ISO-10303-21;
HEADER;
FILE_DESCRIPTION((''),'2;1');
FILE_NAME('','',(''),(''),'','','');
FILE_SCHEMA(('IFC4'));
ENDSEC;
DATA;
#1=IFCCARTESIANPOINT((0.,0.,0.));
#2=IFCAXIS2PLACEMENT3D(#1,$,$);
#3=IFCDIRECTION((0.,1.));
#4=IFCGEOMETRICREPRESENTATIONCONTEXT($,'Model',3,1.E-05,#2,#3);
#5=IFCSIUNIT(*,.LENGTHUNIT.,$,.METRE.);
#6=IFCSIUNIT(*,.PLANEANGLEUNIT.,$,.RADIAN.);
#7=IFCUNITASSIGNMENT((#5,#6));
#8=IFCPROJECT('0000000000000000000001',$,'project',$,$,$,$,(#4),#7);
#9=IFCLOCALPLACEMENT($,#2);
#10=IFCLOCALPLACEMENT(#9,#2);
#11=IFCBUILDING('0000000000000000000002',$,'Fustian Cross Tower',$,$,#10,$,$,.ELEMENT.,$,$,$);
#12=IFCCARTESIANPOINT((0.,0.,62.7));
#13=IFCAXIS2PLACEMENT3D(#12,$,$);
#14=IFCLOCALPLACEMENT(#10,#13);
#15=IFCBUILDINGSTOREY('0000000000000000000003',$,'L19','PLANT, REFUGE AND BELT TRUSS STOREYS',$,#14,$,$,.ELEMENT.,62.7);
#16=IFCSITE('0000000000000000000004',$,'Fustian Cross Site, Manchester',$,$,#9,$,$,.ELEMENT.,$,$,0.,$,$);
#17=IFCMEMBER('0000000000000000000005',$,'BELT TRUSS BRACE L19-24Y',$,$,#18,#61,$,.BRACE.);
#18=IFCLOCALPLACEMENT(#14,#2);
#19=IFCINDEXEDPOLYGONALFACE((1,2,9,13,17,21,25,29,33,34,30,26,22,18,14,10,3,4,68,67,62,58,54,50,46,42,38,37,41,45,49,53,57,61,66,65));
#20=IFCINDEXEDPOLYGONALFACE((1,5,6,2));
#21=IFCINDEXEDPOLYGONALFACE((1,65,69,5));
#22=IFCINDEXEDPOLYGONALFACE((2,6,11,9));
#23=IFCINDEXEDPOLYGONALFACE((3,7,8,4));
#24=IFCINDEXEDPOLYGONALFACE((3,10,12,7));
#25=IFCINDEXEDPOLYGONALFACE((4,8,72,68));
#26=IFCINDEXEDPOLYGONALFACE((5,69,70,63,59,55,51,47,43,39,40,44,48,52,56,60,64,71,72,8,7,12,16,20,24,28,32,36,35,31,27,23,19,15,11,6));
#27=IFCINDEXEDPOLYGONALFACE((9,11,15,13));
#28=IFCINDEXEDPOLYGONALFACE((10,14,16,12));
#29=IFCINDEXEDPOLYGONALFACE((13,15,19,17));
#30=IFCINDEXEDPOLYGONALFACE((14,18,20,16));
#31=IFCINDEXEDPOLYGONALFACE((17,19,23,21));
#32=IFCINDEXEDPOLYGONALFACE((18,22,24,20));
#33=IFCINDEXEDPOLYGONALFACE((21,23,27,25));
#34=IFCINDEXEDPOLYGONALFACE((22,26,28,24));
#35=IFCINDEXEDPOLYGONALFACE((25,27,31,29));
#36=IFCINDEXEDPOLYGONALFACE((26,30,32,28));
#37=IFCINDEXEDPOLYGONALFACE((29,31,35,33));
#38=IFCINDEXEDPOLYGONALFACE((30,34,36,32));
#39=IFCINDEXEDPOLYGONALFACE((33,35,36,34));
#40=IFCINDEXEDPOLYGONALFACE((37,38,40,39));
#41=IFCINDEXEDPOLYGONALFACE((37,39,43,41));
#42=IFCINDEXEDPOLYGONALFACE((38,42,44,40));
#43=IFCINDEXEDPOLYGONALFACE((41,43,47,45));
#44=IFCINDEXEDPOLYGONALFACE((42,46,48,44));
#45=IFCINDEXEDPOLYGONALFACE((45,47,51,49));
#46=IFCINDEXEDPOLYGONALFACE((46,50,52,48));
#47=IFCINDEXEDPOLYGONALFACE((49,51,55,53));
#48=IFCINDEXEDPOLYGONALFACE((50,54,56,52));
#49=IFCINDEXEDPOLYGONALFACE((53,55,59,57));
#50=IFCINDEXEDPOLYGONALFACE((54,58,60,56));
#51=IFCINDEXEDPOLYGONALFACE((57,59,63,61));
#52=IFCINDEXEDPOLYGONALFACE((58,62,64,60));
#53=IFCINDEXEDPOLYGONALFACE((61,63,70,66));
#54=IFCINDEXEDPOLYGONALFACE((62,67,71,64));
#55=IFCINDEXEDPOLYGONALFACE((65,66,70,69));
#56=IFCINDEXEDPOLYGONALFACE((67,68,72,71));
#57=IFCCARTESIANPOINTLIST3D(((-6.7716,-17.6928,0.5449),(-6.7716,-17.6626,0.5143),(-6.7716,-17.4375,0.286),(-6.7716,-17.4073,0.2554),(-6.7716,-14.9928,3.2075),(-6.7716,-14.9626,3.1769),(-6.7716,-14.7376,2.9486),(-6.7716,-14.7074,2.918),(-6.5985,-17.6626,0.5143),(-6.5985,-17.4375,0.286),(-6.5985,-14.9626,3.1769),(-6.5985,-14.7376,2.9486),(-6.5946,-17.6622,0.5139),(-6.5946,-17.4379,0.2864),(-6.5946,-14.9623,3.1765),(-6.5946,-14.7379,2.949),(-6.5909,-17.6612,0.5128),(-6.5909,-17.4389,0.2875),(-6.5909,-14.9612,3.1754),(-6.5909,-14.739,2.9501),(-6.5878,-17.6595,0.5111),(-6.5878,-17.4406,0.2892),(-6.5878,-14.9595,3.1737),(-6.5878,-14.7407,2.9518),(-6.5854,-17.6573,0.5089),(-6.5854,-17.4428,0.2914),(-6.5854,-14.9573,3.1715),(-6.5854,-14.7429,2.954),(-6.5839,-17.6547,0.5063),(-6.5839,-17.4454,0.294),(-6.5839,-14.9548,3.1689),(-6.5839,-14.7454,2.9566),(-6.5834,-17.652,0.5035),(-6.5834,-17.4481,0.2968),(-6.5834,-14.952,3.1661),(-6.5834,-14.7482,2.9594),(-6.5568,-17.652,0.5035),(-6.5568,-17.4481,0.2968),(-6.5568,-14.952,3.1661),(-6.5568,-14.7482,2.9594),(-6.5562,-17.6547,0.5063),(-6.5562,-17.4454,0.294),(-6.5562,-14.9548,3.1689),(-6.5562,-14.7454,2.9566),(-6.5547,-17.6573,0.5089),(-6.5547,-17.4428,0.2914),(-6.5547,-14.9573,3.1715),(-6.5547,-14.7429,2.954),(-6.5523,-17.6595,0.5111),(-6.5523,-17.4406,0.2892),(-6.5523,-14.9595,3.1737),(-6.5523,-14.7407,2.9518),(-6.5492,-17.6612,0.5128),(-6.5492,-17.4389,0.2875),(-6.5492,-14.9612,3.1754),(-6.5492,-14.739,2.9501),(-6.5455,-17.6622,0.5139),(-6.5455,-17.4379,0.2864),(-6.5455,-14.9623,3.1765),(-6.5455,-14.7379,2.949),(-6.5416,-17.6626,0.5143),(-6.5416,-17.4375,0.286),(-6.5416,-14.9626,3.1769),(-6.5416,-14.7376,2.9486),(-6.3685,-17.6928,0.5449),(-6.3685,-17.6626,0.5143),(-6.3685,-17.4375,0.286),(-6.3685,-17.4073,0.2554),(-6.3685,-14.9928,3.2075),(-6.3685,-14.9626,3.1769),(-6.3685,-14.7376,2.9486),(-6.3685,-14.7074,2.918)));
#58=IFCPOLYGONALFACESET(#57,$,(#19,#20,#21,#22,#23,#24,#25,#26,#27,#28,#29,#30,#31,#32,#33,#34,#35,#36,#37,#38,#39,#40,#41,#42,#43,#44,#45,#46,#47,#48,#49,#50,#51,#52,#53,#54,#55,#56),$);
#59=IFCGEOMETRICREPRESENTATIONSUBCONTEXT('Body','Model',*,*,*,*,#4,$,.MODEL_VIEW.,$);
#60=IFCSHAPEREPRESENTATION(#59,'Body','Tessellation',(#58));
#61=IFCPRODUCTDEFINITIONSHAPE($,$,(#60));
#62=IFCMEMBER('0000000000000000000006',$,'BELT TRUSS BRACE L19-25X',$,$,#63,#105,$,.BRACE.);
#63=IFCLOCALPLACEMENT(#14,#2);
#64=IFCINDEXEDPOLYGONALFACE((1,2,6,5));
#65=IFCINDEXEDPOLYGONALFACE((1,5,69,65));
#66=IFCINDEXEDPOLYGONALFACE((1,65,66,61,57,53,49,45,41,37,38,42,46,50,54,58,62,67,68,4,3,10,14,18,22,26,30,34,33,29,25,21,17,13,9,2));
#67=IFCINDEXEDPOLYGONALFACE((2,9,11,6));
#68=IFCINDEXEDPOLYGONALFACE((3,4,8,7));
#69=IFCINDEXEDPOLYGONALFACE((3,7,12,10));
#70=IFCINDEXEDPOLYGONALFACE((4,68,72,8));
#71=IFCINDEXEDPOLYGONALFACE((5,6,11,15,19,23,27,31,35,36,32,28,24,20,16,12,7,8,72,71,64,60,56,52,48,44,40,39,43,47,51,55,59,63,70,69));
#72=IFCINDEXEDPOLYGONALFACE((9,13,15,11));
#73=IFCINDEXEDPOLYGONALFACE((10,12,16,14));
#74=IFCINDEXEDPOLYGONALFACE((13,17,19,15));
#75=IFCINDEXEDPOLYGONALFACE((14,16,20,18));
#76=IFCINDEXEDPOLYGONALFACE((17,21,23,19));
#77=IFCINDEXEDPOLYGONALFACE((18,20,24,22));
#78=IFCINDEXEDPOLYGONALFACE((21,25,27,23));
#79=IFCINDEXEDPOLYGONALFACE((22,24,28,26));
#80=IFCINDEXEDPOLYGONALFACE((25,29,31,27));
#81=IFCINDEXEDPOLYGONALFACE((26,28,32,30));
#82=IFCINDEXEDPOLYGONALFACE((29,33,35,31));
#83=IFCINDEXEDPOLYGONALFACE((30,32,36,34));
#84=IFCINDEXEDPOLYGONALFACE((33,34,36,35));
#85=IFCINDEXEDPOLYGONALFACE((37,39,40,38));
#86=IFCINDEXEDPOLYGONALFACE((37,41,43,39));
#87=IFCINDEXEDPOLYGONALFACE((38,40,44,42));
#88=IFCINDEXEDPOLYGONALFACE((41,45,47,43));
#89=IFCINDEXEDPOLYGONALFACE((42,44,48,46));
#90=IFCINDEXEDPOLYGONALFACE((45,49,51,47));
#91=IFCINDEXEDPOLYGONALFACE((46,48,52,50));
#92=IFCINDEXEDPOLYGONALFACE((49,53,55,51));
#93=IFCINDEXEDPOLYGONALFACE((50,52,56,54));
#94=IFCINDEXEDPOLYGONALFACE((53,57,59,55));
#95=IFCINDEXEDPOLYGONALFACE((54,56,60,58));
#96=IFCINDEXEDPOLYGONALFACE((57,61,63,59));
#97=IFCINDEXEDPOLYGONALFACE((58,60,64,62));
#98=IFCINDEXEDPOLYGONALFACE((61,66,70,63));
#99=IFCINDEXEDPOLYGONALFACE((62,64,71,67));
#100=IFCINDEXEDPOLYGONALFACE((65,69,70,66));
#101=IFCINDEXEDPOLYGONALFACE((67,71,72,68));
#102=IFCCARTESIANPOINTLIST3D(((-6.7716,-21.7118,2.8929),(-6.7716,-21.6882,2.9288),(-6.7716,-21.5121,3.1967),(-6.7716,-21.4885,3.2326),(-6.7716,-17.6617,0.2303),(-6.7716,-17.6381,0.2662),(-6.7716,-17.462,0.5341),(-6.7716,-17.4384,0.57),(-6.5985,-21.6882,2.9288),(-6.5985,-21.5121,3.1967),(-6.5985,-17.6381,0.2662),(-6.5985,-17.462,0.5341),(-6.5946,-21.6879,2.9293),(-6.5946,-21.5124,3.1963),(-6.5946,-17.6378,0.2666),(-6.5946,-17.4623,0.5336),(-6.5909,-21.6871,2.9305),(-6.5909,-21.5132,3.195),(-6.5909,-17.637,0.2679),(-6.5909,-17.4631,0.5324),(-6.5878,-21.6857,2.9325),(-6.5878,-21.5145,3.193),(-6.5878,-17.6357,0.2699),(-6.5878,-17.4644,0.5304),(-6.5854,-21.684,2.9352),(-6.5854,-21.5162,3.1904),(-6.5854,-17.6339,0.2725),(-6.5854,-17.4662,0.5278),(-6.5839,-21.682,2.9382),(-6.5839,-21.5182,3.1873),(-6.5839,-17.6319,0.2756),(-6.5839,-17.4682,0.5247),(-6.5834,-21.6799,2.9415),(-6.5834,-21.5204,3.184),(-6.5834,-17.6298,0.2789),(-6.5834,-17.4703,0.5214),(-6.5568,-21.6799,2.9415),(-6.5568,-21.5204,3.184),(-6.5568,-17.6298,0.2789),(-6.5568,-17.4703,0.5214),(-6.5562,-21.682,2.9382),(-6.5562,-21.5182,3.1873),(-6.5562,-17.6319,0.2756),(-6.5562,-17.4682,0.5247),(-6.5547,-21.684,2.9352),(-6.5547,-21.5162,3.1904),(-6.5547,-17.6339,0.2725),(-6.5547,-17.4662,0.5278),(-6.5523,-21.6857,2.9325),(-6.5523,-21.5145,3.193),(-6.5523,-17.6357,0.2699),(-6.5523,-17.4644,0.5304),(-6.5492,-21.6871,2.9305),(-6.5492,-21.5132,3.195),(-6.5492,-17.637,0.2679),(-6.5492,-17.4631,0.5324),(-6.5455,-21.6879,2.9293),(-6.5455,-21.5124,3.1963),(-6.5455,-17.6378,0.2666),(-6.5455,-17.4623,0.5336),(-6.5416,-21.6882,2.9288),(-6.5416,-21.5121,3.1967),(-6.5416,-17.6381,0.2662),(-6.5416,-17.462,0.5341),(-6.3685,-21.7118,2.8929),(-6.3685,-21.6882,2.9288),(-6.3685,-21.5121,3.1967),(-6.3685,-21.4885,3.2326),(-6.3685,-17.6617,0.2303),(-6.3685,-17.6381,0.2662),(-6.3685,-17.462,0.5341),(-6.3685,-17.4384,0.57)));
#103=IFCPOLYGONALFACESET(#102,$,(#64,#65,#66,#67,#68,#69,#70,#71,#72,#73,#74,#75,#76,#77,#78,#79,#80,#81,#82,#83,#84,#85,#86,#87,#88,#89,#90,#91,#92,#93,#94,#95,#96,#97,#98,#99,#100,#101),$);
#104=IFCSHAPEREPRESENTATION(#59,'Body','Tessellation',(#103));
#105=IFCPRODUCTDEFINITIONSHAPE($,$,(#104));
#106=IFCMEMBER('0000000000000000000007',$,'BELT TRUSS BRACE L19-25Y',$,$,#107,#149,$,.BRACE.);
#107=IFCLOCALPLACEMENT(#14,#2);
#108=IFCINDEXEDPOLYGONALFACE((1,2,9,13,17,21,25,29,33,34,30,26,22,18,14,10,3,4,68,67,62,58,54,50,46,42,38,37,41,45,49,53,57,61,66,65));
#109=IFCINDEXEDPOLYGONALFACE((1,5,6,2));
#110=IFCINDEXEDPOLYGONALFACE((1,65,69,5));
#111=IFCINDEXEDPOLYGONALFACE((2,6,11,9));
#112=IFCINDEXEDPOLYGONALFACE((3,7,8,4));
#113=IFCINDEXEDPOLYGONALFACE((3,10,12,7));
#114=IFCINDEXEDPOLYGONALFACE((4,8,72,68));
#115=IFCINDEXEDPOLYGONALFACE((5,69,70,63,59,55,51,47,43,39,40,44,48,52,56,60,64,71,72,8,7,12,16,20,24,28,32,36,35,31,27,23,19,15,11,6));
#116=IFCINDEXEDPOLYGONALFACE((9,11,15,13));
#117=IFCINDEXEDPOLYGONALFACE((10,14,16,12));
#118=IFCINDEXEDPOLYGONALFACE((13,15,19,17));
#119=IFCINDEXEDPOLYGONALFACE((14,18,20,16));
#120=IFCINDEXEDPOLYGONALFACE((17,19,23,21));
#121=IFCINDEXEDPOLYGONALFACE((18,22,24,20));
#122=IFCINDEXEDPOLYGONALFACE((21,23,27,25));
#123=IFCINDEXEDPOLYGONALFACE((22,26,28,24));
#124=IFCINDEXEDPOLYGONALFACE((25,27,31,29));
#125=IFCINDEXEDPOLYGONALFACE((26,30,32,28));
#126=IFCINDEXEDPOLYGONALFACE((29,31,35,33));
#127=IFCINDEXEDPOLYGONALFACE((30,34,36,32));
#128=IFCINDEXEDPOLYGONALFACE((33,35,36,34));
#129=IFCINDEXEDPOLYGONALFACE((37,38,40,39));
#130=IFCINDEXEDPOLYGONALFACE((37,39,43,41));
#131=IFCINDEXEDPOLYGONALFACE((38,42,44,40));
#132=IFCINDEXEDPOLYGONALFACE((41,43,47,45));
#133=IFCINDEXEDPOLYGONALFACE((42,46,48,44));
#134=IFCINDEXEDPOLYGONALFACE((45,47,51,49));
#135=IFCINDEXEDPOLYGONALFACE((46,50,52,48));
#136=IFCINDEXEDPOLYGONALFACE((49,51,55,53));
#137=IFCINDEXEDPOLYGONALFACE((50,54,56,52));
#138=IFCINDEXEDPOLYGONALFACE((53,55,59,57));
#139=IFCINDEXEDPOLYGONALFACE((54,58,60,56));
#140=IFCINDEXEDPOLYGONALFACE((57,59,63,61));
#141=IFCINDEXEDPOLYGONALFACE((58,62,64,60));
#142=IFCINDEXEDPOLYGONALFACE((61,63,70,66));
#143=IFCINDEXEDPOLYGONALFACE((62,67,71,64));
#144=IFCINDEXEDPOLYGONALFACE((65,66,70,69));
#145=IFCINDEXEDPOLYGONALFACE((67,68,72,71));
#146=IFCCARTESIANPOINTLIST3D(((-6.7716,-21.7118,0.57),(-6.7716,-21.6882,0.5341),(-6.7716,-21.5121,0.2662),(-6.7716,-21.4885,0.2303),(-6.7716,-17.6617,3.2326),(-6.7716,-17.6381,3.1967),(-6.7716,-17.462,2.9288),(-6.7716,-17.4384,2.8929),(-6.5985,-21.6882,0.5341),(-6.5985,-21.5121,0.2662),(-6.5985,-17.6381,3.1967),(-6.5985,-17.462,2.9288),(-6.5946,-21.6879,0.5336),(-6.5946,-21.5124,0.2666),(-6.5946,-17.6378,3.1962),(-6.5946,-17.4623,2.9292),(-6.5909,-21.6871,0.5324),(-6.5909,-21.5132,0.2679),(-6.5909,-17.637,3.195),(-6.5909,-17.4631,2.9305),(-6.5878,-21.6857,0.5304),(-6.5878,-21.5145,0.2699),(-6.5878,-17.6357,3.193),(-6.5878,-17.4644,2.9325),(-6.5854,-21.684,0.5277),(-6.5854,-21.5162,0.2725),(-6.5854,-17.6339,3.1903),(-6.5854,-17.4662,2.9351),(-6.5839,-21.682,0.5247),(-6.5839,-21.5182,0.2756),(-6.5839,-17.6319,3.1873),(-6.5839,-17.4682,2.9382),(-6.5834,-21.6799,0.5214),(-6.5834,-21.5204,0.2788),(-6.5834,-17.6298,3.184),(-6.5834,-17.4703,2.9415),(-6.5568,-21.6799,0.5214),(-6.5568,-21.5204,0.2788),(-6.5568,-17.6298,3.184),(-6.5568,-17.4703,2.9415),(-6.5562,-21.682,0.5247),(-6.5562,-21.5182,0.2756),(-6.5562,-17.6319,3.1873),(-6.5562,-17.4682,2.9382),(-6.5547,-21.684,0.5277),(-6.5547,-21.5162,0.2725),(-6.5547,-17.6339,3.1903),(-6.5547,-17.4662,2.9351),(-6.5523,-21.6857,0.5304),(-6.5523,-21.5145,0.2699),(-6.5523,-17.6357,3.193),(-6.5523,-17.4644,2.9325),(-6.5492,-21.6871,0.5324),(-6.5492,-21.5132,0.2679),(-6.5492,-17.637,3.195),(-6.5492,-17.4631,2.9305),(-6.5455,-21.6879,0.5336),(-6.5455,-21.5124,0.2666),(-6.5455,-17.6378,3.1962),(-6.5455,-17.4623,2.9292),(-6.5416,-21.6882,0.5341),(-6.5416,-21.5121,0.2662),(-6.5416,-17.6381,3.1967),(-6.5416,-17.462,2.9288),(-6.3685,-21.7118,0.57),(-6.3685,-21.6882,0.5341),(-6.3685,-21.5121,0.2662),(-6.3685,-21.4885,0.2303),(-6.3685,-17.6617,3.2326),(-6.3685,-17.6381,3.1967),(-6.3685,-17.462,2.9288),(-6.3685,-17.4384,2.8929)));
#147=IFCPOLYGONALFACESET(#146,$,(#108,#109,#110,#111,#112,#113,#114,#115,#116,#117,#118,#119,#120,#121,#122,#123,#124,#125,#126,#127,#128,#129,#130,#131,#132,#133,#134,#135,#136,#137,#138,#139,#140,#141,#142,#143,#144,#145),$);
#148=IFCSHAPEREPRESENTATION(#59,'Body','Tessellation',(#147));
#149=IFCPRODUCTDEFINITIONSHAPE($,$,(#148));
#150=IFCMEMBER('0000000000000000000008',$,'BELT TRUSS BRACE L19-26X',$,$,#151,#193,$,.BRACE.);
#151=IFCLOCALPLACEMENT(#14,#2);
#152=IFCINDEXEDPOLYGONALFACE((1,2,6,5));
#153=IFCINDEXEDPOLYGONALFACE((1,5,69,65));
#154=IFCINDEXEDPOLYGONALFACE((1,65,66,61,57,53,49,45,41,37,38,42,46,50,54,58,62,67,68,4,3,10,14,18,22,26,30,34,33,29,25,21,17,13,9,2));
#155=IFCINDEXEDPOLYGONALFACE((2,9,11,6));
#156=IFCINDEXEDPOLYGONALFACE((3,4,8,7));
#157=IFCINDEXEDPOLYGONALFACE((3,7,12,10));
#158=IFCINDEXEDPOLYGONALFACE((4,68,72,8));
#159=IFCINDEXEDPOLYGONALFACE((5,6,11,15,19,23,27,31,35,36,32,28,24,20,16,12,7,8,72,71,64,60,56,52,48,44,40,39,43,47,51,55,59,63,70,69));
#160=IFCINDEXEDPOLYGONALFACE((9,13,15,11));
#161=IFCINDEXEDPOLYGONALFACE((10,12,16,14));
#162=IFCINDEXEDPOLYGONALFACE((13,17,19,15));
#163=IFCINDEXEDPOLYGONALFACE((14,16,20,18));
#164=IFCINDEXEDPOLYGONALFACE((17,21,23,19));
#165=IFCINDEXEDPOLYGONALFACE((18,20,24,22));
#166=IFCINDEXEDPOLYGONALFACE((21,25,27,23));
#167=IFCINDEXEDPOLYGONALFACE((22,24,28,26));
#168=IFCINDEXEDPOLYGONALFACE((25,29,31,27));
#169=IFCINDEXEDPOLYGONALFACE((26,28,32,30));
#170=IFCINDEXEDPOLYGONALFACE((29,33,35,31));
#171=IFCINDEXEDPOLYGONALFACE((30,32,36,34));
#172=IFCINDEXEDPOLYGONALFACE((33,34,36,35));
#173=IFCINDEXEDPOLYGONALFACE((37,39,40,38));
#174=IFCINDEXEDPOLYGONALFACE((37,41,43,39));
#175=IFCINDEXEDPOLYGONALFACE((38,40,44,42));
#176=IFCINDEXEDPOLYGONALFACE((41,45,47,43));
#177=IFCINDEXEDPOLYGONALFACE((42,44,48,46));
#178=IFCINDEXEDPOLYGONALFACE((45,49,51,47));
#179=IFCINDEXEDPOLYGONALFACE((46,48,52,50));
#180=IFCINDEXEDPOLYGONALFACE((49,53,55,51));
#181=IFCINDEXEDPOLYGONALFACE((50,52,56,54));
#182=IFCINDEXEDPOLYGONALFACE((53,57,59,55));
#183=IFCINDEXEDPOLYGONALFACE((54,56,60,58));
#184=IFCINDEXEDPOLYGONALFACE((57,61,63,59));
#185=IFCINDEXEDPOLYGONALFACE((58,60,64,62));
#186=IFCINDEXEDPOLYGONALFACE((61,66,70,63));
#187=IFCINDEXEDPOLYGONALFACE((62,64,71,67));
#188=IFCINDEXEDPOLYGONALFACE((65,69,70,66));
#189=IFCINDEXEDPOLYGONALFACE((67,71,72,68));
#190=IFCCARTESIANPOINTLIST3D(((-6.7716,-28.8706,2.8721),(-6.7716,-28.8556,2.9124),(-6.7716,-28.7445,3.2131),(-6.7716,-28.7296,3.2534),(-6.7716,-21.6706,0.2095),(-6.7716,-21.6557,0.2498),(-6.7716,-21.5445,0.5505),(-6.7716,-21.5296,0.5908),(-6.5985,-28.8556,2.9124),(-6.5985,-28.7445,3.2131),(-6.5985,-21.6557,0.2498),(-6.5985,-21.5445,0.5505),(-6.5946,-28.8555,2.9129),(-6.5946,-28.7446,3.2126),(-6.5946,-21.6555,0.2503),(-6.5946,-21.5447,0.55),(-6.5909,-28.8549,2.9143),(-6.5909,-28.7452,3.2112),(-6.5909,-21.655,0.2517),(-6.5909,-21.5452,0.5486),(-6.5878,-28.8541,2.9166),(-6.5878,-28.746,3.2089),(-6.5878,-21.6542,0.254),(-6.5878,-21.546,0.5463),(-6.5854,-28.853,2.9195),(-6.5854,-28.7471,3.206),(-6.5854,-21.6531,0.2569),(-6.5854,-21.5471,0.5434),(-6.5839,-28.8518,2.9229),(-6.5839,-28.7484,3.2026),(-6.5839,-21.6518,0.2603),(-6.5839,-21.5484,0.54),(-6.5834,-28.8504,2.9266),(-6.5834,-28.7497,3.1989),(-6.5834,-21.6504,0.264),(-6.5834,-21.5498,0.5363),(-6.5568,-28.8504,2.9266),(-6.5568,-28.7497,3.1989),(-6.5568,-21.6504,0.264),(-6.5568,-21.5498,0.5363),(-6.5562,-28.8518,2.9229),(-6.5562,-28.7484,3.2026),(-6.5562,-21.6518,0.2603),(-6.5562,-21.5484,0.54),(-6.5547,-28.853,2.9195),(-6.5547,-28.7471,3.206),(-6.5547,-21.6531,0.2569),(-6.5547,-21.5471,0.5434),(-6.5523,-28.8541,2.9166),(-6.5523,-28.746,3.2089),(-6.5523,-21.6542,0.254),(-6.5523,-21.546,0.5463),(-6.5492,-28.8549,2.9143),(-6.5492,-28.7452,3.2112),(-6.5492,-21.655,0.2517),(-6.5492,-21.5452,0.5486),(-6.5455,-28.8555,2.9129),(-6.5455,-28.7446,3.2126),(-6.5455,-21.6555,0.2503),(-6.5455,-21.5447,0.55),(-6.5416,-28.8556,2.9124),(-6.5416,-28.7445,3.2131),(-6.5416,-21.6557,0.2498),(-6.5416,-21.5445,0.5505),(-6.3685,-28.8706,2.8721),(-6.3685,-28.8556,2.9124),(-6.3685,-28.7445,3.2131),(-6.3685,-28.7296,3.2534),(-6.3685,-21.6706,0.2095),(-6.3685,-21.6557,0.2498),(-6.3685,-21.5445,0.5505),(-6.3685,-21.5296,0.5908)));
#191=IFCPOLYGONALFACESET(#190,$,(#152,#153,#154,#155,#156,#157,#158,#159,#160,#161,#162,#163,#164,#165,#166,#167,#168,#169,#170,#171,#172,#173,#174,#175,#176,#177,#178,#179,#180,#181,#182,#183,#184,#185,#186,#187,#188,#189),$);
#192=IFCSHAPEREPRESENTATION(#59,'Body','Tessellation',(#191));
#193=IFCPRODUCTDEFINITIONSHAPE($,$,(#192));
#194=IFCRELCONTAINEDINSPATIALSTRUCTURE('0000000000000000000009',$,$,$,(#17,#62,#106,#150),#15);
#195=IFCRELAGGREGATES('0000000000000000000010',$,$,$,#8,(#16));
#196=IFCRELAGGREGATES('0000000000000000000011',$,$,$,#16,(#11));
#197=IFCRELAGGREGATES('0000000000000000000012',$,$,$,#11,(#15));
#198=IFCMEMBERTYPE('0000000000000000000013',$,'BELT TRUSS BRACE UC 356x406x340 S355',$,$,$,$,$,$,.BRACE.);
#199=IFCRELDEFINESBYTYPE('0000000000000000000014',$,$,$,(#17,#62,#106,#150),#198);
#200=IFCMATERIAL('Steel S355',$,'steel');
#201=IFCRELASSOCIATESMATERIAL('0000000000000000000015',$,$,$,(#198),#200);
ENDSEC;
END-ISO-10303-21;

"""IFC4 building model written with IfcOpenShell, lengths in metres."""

from ifc_helpers import new_model, si_unit, direction, frame, origin, origin_2d, place, context, subcontext, project, spatial, i_section, extrude, material, material_profile, profile_set, type_object, element, save


model = new_model("IFC4")

# Units and contexts
model_context = context("Model", 3, precision=1e-05, world=origin(), true_north=direction((0.0, 1.0)))
body_context = subcontext(model_context, "Body", "Model", "MODEL_VIEW")
ifc_project = project(units=[si_unit("LENGTHUNIT", "METRE"), si_unit("PLANEANGLEUNIT", "RADIAN")], contexts=[model_context])

# Site, building, storey
site_placement = place(None, origin())
site = spatial("IfcSite", under=ifc_project, at=site_placement, Name="Fustian Cross Site, Manchester", CompositionType="ELEMENT", RefElevation=0.0)
building_placement = place(site_placement, origin())
building = spatial("IfcBuilding", under=site, at=building_placement, Name="Fustian Cross Tower", CompositionType="ELEMENT")
storey_placement = place(building_placement, frame((0.0, 0.0, 62.7)))
storey = spatial("IfcBuildingStorey", under=building, at=storey_placement, Name="L19", Description="PLANT, REFUGE AND BELT TRUSS STOREYS", CompositionType="ELEMENT", Elevation=62.7)

# Members
ifc_material_1 = material(Name="Steel S355", Category="steel")
ifc_material_profile_1 = material_profile(ifc_material_1, i_section(OverallWidth=0.4031, OverallDepth=0.4065, WebThickness=0.0266, FlangeThickness=0.043, FilletRadius=0.0151, at=origin_2d()), Name="UC 356x406x340")
ifc_profile_set_1 = profile_set([ifc_material_profile_1], Name="Steel S355")
member_type_1 = type_object("IfcMemberType", Name="BELT TRUSS BRACE UC 356x406x340 S355", PredefinedType="BRACE", material=ifc_profile_set_1)
for number, where, z_axis, x_axis, name in (
    (1, (-6.5701, -14.8501, 3.0627), (0.0, -0.712015, -0.702164), (1.0, 0.0, 0.0), "BELT TRUSS BRACE L19-24Y"),
):
    element("IfcMember", number, at=place(storey_placement, frame(where, z_axis=z_axis, x_axis=x_axis)), inside=storey, type_object=member_type_1, Name=name, PredefinedType="BRACE", context=body_context, shape_type="SweptSolid", body=[
        extrude(i_section(OverallWidth=0.4031, OverallDepth=0.4065, WebThickness=0.0266, FlangeThickness=0.043, FilletRadius=0.0151, at=origin_2d()), origin(), (0.0, 0.0, 1.0), 3.792),
    ])
for number, where, z_axis, x_axis, name in (
    (2, (-6.5701, -17.55, 0.4001), (0.0, -0.835598, 0.549342), (1.0, 0.0, 0.0), "BELT TRUSS BRACE L19-25X"),
    (3, (-6.5701, -17.55, 3.0627), (0.0, -0.835598, -0.549342), (1.0, 0.0, 0.0), "BELT TRUSS BRACE L19-25Y"),
):
    element("IfcMember", number, at=place(storey_placement, frame(where, z_axis=z_axis, x_axis=x_axis)), inside=storey, type_object=member_type_1, Name=name, PredefinedType="BRACE", context=body_context, shape_type="SweptSolid", body=[
        extrude(i_section(OverallWidth=0.4031, OverallDepth=0.4065, WebThickness=0.0266, FlangeThickness=0.043, FilletRadius=0.0151, at=origin_2d()), origin(), (0.0, 0.0, 1.0), 4.8469),
    ])
for number, where, z_axis, x_axis, name in (
    (4, (-6.5701, -21.6001, 0.4001), (0.0, -0.937921, 0.34685), (1.0, 0.0, 0.0), "BELT TRUSS BRACE L19-26X"),
):
    element("IfcMember", number, at=place(storey_placement, frame(where, z_axis=z_axis, x_axis=x_axis)), inside=storey, type_object=member_type_1, Name=name, PredefinedType="BRACE", context=body_context, shape_type="SweptSolid", body=[
        extrude(i_section(OverallWidth=0.4031, OverallDepth=0.4065, WebThickness=0.0266, FlangeThickness=0.043, FilletRadius=0.0151, at=origin_2d()), origin(), (0.0, 0.0, 1.0), 7.6765),
    ])

save(model, "model.ifc")
